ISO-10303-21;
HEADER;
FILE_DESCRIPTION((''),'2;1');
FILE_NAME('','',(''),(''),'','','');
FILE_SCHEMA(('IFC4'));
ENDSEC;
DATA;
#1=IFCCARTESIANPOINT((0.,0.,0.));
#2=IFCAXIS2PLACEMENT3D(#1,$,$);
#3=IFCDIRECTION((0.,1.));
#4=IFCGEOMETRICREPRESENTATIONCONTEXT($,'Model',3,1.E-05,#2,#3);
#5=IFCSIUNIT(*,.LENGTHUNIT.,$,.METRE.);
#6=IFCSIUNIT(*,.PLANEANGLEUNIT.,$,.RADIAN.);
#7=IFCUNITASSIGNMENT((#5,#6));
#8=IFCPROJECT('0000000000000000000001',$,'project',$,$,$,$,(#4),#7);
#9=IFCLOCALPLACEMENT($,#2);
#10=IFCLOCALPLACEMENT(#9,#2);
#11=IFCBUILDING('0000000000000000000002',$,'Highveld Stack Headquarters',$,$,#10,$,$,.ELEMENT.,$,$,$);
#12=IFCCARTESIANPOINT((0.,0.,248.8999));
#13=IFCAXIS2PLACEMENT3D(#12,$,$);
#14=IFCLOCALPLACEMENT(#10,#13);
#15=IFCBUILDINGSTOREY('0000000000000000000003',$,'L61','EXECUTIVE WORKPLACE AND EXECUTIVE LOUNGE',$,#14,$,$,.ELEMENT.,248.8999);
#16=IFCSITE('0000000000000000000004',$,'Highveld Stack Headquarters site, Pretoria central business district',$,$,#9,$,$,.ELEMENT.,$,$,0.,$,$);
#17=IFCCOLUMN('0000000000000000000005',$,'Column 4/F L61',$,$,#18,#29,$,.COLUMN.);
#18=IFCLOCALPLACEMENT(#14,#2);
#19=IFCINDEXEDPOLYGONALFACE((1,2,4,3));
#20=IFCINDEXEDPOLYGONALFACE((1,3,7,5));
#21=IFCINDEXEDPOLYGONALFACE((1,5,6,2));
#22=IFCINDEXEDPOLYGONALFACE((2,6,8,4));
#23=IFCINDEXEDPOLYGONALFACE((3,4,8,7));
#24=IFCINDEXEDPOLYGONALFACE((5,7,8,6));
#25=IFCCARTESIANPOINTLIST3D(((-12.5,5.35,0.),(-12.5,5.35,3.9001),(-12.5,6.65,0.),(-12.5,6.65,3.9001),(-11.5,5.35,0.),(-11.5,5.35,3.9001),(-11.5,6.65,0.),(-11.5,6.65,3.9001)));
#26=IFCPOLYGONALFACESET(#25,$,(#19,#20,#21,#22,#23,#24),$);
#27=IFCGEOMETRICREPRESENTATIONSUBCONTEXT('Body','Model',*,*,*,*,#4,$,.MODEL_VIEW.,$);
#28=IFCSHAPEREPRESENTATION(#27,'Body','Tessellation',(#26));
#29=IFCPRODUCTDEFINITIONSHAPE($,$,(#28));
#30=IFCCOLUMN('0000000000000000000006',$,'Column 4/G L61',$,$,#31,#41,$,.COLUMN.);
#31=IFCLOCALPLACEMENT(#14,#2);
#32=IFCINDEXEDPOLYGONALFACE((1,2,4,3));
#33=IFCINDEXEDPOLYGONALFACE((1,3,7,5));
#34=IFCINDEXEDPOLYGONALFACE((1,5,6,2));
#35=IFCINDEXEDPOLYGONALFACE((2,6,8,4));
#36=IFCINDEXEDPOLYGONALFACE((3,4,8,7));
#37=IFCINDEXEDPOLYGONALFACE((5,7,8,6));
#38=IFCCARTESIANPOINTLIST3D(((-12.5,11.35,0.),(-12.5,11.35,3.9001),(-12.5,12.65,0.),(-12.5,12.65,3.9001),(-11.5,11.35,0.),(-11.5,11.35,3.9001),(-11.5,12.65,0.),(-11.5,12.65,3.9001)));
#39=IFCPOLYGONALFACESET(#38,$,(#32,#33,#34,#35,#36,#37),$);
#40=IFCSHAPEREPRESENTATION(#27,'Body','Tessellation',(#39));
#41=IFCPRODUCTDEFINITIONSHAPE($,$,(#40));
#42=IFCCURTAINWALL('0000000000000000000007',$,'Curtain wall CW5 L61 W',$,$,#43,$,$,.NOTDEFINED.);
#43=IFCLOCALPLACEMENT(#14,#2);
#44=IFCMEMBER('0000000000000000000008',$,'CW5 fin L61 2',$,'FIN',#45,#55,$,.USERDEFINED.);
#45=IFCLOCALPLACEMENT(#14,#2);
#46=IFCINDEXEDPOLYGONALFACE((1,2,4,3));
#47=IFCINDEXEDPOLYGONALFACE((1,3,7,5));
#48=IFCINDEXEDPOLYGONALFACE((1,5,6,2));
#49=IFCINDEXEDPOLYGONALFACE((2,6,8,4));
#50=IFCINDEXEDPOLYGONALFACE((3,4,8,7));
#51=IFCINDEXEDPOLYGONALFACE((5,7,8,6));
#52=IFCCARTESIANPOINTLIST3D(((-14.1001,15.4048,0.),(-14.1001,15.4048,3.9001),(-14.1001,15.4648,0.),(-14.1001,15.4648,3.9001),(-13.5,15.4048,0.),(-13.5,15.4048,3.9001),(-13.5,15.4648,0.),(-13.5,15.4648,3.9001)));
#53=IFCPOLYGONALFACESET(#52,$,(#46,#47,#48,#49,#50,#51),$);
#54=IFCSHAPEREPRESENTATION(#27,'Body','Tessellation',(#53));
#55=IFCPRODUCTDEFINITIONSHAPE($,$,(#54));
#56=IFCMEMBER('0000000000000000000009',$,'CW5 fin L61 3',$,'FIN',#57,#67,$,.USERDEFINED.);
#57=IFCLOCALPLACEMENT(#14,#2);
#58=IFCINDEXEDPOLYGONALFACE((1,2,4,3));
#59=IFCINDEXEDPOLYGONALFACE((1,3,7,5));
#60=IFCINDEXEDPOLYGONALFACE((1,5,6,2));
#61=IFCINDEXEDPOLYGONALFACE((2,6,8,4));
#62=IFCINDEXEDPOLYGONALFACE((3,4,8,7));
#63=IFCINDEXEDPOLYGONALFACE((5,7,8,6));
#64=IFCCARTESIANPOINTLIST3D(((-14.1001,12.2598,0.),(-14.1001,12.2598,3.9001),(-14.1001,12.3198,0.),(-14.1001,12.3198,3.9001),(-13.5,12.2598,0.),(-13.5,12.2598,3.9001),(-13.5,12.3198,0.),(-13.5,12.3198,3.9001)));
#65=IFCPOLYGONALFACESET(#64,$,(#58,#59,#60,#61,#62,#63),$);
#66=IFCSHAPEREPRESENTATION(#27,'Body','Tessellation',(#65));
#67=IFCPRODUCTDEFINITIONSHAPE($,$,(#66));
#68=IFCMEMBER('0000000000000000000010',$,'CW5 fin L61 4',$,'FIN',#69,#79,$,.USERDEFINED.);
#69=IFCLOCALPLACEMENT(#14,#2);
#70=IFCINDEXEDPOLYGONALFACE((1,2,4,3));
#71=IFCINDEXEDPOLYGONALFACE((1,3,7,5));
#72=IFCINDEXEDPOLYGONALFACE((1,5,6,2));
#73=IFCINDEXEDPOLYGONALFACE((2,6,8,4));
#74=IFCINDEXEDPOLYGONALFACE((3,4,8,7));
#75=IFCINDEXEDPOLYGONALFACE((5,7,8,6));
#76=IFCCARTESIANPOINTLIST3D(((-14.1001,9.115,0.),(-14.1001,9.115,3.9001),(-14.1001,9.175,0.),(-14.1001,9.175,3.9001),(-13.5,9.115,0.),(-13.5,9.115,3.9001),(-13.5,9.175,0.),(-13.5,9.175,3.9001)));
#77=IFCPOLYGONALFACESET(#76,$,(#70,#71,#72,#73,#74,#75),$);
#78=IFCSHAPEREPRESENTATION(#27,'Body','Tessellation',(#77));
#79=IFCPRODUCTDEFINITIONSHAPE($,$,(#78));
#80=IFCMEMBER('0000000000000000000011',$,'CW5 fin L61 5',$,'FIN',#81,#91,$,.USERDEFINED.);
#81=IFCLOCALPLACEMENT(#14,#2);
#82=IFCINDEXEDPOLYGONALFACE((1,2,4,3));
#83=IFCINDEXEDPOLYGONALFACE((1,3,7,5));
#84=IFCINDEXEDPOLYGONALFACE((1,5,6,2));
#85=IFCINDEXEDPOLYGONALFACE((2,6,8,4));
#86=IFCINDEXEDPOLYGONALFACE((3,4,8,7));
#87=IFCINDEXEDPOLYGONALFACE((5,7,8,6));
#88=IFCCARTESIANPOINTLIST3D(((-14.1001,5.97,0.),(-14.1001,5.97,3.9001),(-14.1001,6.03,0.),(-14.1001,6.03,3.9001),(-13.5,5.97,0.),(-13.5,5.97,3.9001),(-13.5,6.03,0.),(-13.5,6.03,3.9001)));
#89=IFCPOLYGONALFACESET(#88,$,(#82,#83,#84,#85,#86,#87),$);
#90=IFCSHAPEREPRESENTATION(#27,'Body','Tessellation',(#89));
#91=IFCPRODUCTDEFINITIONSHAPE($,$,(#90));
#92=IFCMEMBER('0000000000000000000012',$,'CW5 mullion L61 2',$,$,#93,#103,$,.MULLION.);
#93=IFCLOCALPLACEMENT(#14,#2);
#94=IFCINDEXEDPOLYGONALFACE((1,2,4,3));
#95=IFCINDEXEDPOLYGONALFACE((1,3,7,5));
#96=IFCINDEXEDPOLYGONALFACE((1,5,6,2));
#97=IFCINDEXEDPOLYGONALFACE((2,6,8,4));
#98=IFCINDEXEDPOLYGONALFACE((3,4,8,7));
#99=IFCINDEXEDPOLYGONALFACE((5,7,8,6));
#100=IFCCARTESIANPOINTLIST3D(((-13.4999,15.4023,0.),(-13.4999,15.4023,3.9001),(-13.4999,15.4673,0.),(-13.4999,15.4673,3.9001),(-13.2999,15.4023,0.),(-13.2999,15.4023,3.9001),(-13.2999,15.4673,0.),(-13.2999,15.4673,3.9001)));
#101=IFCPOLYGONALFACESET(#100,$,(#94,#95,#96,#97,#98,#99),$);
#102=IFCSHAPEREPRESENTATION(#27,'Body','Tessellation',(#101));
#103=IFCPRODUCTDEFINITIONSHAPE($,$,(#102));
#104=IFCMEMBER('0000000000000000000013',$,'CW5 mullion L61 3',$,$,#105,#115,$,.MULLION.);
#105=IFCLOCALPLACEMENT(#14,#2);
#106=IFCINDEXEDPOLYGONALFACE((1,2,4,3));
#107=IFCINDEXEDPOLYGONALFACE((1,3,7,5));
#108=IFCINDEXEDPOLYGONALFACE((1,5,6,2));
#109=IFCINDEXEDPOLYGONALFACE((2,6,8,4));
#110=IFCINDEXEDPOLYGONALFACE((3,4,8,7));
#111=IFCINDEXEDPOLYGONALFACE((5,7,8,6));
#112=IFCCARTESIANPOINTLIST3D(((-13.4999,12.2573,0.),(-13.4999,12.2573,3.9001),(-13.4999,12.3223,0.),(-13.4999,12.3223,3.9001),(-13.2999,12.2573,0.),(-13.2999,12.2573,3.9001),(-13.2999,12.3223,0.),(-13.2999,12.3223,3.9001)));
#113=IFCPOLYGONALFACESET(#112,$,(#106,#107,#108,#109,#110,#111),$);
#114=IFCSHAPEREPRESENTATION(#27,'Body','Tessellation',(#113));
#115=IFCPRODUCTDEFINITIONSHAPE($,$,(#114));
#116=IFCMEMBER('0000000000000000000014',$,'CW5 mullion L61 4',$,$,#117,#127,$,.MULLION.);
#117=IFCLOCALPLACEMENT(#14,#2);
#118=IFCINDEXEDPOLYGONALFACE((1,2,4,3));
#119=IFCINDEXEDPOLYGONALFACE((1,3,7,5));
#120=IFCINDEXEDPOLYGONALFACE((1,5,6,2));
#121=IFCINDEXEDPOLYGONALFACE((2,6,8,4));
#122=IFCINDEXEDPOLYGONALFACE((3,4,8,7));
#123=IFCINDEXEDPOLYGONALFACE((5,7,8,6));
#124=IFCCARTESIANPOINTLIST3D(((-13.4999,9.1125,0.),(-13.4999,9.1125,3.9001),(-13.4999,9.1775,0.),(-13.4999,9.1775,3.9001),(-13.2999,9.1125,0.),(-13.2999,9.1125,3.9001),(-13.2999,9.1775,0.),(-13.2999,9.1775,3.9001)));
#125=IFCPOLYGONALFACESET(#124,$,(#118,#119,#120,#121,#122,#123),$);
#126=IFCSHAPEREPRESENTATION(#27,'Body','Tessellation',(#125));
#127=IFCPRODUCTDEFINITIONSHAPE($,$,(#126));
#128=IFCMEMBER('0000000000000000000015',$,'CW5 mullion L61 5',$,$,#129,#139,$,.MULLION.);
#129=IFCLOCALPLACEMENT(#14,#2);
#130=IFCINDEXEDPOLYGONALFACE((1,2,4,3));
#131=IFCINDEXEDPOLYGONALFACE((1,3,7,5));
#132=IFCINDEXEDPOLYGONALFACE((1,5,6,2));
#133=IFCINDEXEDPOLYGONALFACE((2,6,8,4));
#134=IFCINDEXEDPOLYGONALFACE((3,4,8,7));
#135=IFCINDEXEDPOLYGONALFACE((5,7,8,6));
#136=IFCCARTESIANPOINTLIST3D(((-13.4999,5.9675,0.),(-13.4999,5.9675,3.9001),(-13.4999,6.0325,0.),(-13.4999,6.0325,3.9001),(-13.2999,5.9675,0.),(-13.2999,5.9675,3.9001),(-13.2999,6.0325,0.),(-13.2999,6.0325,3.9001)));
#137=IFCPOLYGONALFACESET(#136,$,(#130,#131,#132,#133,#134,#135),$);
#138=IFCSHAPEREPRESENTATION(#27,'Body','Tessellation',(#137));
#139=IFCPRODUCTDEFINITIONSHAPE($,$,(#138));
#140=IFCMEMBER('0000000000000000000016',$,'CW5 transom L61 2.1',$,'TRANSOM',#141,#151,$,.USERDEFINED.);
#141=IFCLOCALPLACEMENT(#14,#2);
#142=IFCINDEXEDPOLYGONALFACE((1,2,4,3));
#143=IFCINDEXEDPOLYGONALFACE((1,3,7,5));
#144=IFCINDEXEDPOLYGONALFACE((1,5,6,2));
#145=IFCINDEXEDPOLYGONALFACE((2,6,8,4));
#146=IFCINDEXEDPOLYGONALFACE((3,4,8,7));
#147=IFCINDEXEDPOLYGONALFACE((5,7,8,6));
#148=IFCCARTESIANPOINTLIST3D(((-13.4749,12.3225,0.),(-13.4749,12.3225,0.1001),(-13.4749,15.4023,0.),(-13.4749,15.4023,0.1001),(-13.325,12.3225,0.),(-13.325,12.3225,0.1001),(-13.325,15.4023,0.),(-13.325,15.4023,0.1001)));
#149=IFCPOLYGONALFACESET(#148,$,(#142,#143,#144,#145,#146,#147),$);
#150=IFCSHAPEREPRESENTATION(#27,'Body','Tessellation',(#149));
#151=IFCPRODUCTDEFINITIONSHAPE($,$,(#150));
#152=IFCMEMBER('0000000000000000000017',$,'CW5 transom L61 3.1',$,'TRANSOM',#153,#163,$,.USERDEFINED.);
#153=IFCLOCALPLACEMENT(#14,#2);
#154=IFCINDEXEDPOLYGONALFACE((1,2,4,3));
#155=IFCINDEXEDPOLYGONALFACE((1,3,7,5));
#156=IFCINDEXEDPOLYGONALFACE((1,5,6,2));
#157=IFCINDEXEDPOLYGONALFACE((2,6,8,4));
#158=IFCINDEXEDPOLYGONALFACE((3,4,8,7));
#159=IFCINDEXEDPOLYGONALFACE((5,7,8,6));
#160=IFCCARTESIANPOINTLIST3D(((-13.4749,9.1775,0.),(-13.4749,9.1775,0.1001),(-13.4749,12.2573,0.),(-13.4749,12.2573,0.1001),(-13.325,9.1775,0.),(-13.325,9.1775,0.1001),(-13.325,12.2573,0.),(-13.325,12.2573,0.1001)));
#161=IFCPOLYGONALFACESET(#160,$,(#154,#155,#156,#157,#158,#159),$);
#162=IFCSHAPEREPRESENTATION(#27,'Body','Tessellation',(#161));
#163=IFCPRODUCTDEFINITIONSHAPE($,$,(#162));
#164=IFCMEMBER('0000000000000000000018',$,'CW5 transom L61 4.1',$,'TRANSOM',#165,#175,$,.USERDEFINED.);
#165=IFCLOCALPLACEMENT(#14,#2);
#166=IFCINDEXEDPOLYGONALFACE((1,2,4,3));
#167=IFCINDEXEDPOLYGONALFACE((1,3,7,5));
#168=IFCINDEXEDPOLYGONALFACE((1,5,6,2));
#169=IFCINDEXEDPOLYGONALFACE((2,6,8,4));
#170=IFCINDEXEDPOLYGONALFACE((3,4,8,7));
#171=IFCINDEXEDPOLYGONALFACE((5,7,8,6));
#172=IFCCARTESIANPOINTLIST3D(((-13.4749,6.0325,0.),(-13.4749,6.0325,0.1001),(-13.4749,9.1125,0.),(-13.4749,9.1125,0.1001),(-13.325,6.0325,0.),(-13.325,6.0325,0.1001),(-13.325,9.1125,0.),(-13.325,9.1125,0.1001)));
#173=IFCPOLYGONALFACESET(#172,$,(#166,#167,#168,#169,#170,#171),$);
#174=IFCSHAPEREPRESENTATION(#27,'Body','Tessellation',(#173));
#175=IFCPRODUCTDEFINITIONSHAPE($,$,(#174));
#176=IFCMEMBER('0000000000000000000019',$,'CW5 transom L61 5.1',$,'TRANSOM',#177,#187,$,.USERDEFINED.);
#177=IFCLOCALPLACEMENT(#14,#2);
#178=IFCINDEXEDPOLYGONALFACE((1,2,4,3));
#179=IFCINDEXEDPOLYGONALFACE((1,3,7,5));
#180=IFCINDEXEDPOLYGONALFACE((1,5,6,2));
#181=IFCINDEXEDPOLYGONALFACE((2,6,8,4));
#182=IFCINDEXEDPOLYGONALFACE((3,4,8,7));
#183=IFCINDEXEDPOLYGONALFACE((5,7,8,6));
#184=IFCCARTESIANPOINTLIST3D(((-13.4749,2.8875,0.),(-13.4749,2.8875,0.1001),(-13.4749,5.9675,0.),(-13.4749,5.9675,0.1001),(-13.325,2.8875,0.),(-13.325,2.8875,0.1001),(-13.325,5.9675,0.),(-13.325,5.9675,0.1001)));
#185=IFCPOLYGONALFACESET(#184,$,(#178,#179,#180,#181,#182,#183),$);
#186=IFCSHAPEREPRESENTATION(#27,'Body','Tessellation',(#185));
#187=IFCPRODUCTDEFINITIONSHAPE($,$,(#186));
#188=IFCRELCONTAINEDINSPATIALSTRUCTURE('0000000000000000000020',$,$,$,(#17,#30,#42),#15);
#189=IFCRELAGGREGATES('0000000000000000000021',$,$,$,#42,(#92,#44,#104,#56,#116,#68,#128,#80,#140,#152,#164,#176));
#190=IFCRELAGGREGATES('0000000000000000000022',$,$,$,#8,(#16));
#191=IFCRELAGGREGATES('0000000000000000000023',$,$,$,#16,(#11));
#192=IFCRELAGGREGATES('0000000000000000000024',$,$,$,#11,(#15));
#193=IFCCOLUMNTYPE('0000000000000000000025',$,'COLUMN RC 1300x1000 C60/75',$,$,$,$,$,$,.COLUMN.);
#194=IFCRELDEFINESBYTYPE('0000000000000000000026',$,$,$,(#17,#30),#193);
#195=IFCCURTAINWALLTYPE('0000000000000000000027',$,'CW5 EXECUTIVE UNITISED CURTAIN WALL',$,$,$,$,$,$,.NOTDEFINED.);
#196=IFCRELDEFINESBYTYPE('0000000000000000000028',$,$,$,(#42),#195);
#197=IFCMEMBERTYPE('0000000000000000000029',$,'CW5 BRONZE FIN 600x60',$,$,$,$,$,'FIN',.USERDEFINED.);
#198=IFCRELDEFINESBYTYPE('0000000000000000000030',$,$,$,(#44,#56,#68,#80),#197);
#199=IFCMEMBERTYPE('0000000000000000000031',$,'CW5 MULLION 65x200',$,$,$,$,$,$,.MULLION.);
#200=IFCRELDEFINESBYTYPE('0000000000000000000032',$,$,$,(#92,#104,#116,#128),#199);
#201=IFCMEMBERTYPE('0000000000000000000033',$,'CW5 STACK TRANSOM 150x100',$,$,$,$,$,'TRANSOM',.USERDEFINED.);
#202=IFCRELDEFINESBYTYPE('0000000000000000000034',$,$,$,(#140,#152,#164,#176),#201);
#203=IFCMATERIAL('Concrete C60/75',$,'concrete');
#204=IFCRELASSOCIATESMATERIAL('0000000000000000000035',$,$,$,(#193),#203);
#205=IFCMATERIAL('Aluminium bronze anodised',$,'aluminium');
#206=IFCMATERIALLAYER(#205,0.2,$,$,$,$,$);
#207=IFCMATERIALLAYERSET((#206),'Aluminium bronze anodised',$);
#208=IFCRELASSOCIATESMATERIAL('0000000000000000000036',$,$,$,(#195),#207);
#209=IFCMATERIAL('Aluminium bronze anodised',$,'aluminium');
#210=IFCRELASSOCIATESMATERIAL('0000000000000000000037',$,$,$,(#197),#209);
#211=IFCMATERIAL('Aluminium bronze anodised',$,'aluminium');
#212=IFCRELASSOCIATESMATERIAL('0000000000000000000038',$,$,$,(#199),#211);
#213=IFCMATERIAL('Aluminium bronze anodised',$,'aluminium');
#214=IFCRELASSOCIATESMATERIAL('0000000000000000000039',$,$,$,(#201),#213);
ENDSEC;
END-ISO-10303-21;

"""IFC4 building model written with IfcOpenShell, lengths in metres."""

from ifc_helpers import new_model, si_unit, direction, frame, origin, origin_2d, place, context, subcontext, project, spatial, rectangle, extrude, material, layer, layer_set, material_profile, profile_set, type_object, element, aggregate, save


model = new_model("IFC4")

# Units and contexts
model_context = context("Model", 3, precision=1e-05, world=origin(), true_north=direction((0.0, 1.0)))
body_context = subcontext(model_context, "Body", "Model", "MODEL_VIEW")
ifc_project = project(units=[si_unit("LENGTHUNIT", "METRE"), si_unit("PLANEANGLEUNIT", "RADIAN")], contexts=[model_context])

# Site, building, storey
site_placement = place(None, origin())
site = spatial("IfcSite", under=ifc_project, at=site_placement, Name="Highveld Stack Headquarters site, Pretoria central business district", CompositionType="ELEMENT", RefElevation=0.0)
building_placement = place(site_placement, origin())
building = spatial("IfcBuilding", under=site, at=building_placement, Name="Highveld Stack Headquarters", CompositionType="ELEMENT")
storey_placement = place(building_placement, frame((0.0, 0.0, 248.8999)))
storey = spatial("IfcBuildingStorey", under=building, at=storey_placement, Name="L61", Description="EXECUTIVE WORKPLACE AND EXECUTIVE LOUNGE", CompositionType="ELEMENT", Elevation=248.8999)

# Columns
ifc_material_1 = material(Name="Concrete C60/75", Category="concrete")
ifc_material_profile_1 = material_profile(ifc_material_1, rectangle(XDim=1.3, YDim=1.0, at=origin_2d()), Name="RC 1300x1000")
ifc_profile_set_1 = profile_set([ifc_material_profile_1], Name="Concrete C60/75")
column_type = type_object("IfcColumnType", Name="COLUMN RC 1300x1000 C60/75", PredefinedType="COLUMN", material=ifc_profile_set_1)
for number, where, z_axis, x_axis, name in (
    (1, (-12.0, 6.0, 0.0), (0.0, 0.0, 1.0), (0.0, 1.0, 0.0), "Column 4/F L61"),
    (2, (-12.0, 12.0, 0.0), (0.0, 0.0, 1.0), (0.0, 1.0, 0.0), "Column 4/G L61"),
):
    element("IfcColumn", number, at=place(storey_placement, frame(where, z_axis=z_axis, x_axis=x_axis)), inside=storey, type_object=column_type, Name=name, PredefinedType="COLUMN", context=body_context, shape_type="SweptSolid", body=[
        extrude(rectangle(XDim=1.3, YDim=1.0, at=origin_2d()), origin(), (0.0, 0.0, 1.0), 3.9001),
    ])

# Curtain wall, members
ifc_material_2 = material(Name="Aluminium bronze anodised", Category="aluminium")
ifc_layer_1 = layer(ifc_material_2, 0.2)
ifc_layer_set_1 = layer_set([ifc_layer_1], Name="Aluminium bronze anodised")
curtain_wall_type = type_object("IfcCurtainWallType", Name="CW5 EXECUTIVE UNITISED CURTAIN WALL", PredefinedType="NOTDEFINED", material=ifc_layer_set_1)
curtain_wall_placement = place(storey_placement, origin())
curtain_wall = element("IfcCurtainWall", 3, at=curtain_wall_placement, inside=storey, type_object=curtain_wall_type, Name="Curtain wall CW5 L61 W", PredefinedType="NOTDEFINED")
ifc_material_3 = material(Name="Aluminium bronze anodised", Category="aluminium")
ifc_material_profile_2 = material_profile(ifc_material_3, rectangle(XDim=0.6001, YDim=0.0601, at=origin_2d()), Name="FIN 600x60")
ifc_profile_set_2 = profile_set([ifc_material_profile_2], Name="Aluminium bronze anodised")
member_type_1 = type_object("IfcMemberType", Name="CW5 BRONZE FIN 600x60", ElementType="FIN", PredefinedType="USERDEFINED", material=ifc_profile_set_2)
member_1_placement = place(storey_placement, frame((-13.8, 15.4348, 0.0), z_axis=(0.0, 0.0, 1.0), x_axis=(1.0, 0.0, 0.0)))
member_1 = element("IfcMember", 4, at=member_1_placement, type_object=member_type_1, Name="CW5 fin L61 2", ObjectType="FIN", PredefinedType="USERDEFINED", context=body_context, shape_type="SweptSolid", body=[
    extrude(rectangle(XDim=0.6001, YDim=0.0601, at=origin_2d()), origin(), (0.0, 0.0, 1.0), 3.9001),
])
member_2_placement = place(storey_placement, frame((-13.8, 12.2898, 0.0), z_axis=(0.0, 0.0, 1.0), x_axis=(1.0, 0.0, 0.0)))
member_2 = element("IfcMember", 5, at=member_2_placement, type_object=member_type_1, Name="CW5 fin L61 3", ObjectType="FIN", PredefinedType="USERDEFINED", context=body_context, shape_type="SweptSolid", body=[
    extrude(rectangle(XDim=0.6001, YDim=0.0601, at=origin_2d()), origin(), (0.0, 0.0, 1.0), 3.9001),
])
member_3_placement = place(storey_placement, frame((-13.8, 9.145, 0.0), z_axis=(0.0, 0.0, 1.0), x_axis=(1.0, 0.0, 0.0)))
member_3 = element("IfcMember", 6, at=member_3_placement, type_object=member_type_1, Name="CW5 fin L61 4", ObjectType="FIN", PredefinedType="USERDEFINED", context=body_context, shape_type="SweptSolid", body=[
    extrude(rectangle(XDim=0.6001, YDim=0.0601, at=origin_2d()), origin(), (0.0, 0.0, 1.0), 3.9001),
])
member_4_placement = place(storey_placement, frame((-13.8, 6.0, 0.0), z_axis=(0.0, 0.0, 1.0), x_axis=(1.0, 0.0, 0.0)))
member_4 = element("IfcMember", 7, at=member_4_placement, type_object=member_type_1, Name="CW5 fin L61 5", ObjectType="FIN", PredefinedType="USERDEFINED", context=body_context, shape_type="SweptSolid", body=[
    extrude(rectangle(XDim=0.6001, YDim=0.0601, at=origin_2d()), origin(), (0.0, 0.0, 1.0), 3.9001),
])
ifc_material_4 = material(Name="Aluminium bronze anodised", Category="aluminium")
ifc_material_profile_3 = material_profile(ifc_material_4, rectangle(XDim=0.2, YDim=0.0649, at=origin_2d()), Name="CW5 MULLION 65x200")
ifc_profile_set_3 = profile_set([ifc_material_profile_3], Name="Aluminium bronze anodised")
member_type_2 = type_object("IfcMemberType", Name="CW5 MULLION 65x200", PredefinedType="MULLION", material=ifc_profile_set_3)
member_5_placement = place(storey_placement, frame((-13.3999, 15.4348, 0.0), z_axis=(0.0, 0.0, 1.0), x_axis=(1.0, 0.0, 0.0)))
member_5 = element("IfcMember", 8, at=member_5_placement, type_object=member_type_2, Name="CW5 mullion L61 2", PredefinedType="MULLION", context=body_context, shape_type="SweptSolid", body=[
    extrude(rectangle(XDim=0.2, YDim=0.0649, at=origin_2d()), origin(), (0.0, 0.0, 1.0), 3.9001),
])
member_6_placement = place(storey_placement, frame((-13.3999, 12.2898, 0.0), z_axis=(0.0, 0.0, 1.0), x_axis=(1.0, 0.0, 0.0)))
member_6 = element("IfcMember", 9, at=member_6_placement, type_object=member_type_2, Name="CW5 mullion L61 3", PredefinedType="MULLION", context=body_context, shape_type="SweptSolid", body=[
    extrude(rectangle(XDim=0.2, YDim=0.0649, at=origin_2d()), origin(), (0.0, 0.0, 1.0), 3.9001),
])
member_7_placement = place(storey_placement, frame((-13.3999, 9.145, 0.0), z_axis=(0.0, 0.0, 1.0), x_axis=(1.0, 0.0, 0.0)))
member_7 = element("IfcMember", 10, at=member_7_placement, type_object=member_type_2, Name="CW5 mullion L61 4", PredefinedType="MULLION", context=body_context, shape_type="SweptSolid", body=[
    extrude(rectangle(XDim=0.2, YDim=0.0649, at=origin_2d()), origin(), (0.0, 0.0, 1.0), 3.9001),
])
member_8_placement = place(storey_placement, frame((-13.3999, 6.0, 0.0), z_axis=(0.0, 0.0, 1.0), x_axis=(1.0, 0.0, 0.0)))
member_8 = element("IfcMember", 11, at=member_8_placement, type_object=member_type_2, Name="CW5 mullion L61 5", PredefinedType="MULLION", context=body_context, shape_type="SweptSolid", body=[
    extrude(rectangle(XDim=0.2, YDim=0.0649, at=origin_2d()), origin(), (0.0, 0.0, 1.0), 3.9001),
])
ifc_material_5 = material(Name="Aluminium bronze anodised", Category="aluminium")
ifc_material_profile_4 = material_profile(ifc_material_5, rectangle(XDim=0.1499, YDim=0.1001, at=origin_2d()), Name="CW5 TRANSOM 150x100")
ifc_profile_set_4 = profile_set([ifc_material_profile_4], Name="Aluminium bronze anodised")
member_type_3 = type_object("IfcMemberType", Name="CW5 STACK TRANSOM 150x100", ElementType="TRANSOM", PredefinedType="USERDEFINED", material=ifc_profile_set_4)
member_9_placement = place(storey_placement, frame((-13.3999, 15.4023, 0.05), z_axis=(0.0, -1.0, 0.0), x_axis=(1.0, 0.0, 0.0)))
member_9 = element("IfcMember", 12, at=member_9_placement, type_object=member_type_3, Name="CW5 transom L61 2.1", ObjectType="TRANSOM", PredefinedType="USERDEFINED", context=body_context, shape_type="SweptSolid", body=[
    extrude(rectangle(XDim=0.1499, YDim=0.1001, at=origin_2d()), origin(), (0.0, 0.0, 1.0), 3.0798),
])
member_10_placement = place(storey_placement, frame((-13.3999, 12.2573, 0.05), z_axis=(0.0, -1.0, 0.0), x_axis=(1.0, 0.0, 0.0)))
member_10 = element("IfcMember", 13, at=member_10_placement, type_object=member_type_3, Name="CW5 transom L61 3.1", ObjectType="TRANSOM", PredefinedType="USERDEFINED", context=body_context, shape_type="SweptSolid", body=[
    extrude(rectangle(XDim=0.1499, YDim=0.1001, at=origin_2d()), origin(), (0.0, 0.0, 1.0), 3.0798),
])
member_11_placement = place(storey_placement, frame((-13.3999, 9.1125, 0.05), z_axis=(0.0, -1.0, 0.0), x_axis=(1.0, 0.0, 0.0)))
member_11 = element("IfcMember", 14, at=member_11_placement, type_object=member_type_3, Name="CW5 transom L61 4.1", ObjectType="TRANSOM", PredefinedType="USERDEFINED", context=body_context, shape_type="SweptSolid", body=[
    extrude(rectangle(XDim=0.1499, YDim=0.1001, at=origin_2d()), origin(), (0.0, 0.0, 1.0), 3.0801),
])
member_12_placement = place(storey_placement, frame((-13.3999, 5.9675, 0.05), z_axis=(0.0, -1.0, 0.0), x_axis=(1.0, 0.0, 0.0)))
member_12 = element("IfcMember", 15, at=member_12_placement, type_object=member_type_3, Name="CW5 transom L61 5.1", ObjectType="TRANSOM", PredefinedType="USERDEFINED", context=body_context, shape_type="SweptSolid", body=[
    extrude(rectangle(XDim=0.1499, YDim=0.1001, at=origin_2d()), origin(), (0.0, 0.0, 1.0), 3.0801),
])
aggregate(curtain_wall, [member_5, member_1, member_6, member_2, member_7, member_3, member_8, member_4, member_9, member_10, member_11, member_12])

save(model, "model.ifc")
